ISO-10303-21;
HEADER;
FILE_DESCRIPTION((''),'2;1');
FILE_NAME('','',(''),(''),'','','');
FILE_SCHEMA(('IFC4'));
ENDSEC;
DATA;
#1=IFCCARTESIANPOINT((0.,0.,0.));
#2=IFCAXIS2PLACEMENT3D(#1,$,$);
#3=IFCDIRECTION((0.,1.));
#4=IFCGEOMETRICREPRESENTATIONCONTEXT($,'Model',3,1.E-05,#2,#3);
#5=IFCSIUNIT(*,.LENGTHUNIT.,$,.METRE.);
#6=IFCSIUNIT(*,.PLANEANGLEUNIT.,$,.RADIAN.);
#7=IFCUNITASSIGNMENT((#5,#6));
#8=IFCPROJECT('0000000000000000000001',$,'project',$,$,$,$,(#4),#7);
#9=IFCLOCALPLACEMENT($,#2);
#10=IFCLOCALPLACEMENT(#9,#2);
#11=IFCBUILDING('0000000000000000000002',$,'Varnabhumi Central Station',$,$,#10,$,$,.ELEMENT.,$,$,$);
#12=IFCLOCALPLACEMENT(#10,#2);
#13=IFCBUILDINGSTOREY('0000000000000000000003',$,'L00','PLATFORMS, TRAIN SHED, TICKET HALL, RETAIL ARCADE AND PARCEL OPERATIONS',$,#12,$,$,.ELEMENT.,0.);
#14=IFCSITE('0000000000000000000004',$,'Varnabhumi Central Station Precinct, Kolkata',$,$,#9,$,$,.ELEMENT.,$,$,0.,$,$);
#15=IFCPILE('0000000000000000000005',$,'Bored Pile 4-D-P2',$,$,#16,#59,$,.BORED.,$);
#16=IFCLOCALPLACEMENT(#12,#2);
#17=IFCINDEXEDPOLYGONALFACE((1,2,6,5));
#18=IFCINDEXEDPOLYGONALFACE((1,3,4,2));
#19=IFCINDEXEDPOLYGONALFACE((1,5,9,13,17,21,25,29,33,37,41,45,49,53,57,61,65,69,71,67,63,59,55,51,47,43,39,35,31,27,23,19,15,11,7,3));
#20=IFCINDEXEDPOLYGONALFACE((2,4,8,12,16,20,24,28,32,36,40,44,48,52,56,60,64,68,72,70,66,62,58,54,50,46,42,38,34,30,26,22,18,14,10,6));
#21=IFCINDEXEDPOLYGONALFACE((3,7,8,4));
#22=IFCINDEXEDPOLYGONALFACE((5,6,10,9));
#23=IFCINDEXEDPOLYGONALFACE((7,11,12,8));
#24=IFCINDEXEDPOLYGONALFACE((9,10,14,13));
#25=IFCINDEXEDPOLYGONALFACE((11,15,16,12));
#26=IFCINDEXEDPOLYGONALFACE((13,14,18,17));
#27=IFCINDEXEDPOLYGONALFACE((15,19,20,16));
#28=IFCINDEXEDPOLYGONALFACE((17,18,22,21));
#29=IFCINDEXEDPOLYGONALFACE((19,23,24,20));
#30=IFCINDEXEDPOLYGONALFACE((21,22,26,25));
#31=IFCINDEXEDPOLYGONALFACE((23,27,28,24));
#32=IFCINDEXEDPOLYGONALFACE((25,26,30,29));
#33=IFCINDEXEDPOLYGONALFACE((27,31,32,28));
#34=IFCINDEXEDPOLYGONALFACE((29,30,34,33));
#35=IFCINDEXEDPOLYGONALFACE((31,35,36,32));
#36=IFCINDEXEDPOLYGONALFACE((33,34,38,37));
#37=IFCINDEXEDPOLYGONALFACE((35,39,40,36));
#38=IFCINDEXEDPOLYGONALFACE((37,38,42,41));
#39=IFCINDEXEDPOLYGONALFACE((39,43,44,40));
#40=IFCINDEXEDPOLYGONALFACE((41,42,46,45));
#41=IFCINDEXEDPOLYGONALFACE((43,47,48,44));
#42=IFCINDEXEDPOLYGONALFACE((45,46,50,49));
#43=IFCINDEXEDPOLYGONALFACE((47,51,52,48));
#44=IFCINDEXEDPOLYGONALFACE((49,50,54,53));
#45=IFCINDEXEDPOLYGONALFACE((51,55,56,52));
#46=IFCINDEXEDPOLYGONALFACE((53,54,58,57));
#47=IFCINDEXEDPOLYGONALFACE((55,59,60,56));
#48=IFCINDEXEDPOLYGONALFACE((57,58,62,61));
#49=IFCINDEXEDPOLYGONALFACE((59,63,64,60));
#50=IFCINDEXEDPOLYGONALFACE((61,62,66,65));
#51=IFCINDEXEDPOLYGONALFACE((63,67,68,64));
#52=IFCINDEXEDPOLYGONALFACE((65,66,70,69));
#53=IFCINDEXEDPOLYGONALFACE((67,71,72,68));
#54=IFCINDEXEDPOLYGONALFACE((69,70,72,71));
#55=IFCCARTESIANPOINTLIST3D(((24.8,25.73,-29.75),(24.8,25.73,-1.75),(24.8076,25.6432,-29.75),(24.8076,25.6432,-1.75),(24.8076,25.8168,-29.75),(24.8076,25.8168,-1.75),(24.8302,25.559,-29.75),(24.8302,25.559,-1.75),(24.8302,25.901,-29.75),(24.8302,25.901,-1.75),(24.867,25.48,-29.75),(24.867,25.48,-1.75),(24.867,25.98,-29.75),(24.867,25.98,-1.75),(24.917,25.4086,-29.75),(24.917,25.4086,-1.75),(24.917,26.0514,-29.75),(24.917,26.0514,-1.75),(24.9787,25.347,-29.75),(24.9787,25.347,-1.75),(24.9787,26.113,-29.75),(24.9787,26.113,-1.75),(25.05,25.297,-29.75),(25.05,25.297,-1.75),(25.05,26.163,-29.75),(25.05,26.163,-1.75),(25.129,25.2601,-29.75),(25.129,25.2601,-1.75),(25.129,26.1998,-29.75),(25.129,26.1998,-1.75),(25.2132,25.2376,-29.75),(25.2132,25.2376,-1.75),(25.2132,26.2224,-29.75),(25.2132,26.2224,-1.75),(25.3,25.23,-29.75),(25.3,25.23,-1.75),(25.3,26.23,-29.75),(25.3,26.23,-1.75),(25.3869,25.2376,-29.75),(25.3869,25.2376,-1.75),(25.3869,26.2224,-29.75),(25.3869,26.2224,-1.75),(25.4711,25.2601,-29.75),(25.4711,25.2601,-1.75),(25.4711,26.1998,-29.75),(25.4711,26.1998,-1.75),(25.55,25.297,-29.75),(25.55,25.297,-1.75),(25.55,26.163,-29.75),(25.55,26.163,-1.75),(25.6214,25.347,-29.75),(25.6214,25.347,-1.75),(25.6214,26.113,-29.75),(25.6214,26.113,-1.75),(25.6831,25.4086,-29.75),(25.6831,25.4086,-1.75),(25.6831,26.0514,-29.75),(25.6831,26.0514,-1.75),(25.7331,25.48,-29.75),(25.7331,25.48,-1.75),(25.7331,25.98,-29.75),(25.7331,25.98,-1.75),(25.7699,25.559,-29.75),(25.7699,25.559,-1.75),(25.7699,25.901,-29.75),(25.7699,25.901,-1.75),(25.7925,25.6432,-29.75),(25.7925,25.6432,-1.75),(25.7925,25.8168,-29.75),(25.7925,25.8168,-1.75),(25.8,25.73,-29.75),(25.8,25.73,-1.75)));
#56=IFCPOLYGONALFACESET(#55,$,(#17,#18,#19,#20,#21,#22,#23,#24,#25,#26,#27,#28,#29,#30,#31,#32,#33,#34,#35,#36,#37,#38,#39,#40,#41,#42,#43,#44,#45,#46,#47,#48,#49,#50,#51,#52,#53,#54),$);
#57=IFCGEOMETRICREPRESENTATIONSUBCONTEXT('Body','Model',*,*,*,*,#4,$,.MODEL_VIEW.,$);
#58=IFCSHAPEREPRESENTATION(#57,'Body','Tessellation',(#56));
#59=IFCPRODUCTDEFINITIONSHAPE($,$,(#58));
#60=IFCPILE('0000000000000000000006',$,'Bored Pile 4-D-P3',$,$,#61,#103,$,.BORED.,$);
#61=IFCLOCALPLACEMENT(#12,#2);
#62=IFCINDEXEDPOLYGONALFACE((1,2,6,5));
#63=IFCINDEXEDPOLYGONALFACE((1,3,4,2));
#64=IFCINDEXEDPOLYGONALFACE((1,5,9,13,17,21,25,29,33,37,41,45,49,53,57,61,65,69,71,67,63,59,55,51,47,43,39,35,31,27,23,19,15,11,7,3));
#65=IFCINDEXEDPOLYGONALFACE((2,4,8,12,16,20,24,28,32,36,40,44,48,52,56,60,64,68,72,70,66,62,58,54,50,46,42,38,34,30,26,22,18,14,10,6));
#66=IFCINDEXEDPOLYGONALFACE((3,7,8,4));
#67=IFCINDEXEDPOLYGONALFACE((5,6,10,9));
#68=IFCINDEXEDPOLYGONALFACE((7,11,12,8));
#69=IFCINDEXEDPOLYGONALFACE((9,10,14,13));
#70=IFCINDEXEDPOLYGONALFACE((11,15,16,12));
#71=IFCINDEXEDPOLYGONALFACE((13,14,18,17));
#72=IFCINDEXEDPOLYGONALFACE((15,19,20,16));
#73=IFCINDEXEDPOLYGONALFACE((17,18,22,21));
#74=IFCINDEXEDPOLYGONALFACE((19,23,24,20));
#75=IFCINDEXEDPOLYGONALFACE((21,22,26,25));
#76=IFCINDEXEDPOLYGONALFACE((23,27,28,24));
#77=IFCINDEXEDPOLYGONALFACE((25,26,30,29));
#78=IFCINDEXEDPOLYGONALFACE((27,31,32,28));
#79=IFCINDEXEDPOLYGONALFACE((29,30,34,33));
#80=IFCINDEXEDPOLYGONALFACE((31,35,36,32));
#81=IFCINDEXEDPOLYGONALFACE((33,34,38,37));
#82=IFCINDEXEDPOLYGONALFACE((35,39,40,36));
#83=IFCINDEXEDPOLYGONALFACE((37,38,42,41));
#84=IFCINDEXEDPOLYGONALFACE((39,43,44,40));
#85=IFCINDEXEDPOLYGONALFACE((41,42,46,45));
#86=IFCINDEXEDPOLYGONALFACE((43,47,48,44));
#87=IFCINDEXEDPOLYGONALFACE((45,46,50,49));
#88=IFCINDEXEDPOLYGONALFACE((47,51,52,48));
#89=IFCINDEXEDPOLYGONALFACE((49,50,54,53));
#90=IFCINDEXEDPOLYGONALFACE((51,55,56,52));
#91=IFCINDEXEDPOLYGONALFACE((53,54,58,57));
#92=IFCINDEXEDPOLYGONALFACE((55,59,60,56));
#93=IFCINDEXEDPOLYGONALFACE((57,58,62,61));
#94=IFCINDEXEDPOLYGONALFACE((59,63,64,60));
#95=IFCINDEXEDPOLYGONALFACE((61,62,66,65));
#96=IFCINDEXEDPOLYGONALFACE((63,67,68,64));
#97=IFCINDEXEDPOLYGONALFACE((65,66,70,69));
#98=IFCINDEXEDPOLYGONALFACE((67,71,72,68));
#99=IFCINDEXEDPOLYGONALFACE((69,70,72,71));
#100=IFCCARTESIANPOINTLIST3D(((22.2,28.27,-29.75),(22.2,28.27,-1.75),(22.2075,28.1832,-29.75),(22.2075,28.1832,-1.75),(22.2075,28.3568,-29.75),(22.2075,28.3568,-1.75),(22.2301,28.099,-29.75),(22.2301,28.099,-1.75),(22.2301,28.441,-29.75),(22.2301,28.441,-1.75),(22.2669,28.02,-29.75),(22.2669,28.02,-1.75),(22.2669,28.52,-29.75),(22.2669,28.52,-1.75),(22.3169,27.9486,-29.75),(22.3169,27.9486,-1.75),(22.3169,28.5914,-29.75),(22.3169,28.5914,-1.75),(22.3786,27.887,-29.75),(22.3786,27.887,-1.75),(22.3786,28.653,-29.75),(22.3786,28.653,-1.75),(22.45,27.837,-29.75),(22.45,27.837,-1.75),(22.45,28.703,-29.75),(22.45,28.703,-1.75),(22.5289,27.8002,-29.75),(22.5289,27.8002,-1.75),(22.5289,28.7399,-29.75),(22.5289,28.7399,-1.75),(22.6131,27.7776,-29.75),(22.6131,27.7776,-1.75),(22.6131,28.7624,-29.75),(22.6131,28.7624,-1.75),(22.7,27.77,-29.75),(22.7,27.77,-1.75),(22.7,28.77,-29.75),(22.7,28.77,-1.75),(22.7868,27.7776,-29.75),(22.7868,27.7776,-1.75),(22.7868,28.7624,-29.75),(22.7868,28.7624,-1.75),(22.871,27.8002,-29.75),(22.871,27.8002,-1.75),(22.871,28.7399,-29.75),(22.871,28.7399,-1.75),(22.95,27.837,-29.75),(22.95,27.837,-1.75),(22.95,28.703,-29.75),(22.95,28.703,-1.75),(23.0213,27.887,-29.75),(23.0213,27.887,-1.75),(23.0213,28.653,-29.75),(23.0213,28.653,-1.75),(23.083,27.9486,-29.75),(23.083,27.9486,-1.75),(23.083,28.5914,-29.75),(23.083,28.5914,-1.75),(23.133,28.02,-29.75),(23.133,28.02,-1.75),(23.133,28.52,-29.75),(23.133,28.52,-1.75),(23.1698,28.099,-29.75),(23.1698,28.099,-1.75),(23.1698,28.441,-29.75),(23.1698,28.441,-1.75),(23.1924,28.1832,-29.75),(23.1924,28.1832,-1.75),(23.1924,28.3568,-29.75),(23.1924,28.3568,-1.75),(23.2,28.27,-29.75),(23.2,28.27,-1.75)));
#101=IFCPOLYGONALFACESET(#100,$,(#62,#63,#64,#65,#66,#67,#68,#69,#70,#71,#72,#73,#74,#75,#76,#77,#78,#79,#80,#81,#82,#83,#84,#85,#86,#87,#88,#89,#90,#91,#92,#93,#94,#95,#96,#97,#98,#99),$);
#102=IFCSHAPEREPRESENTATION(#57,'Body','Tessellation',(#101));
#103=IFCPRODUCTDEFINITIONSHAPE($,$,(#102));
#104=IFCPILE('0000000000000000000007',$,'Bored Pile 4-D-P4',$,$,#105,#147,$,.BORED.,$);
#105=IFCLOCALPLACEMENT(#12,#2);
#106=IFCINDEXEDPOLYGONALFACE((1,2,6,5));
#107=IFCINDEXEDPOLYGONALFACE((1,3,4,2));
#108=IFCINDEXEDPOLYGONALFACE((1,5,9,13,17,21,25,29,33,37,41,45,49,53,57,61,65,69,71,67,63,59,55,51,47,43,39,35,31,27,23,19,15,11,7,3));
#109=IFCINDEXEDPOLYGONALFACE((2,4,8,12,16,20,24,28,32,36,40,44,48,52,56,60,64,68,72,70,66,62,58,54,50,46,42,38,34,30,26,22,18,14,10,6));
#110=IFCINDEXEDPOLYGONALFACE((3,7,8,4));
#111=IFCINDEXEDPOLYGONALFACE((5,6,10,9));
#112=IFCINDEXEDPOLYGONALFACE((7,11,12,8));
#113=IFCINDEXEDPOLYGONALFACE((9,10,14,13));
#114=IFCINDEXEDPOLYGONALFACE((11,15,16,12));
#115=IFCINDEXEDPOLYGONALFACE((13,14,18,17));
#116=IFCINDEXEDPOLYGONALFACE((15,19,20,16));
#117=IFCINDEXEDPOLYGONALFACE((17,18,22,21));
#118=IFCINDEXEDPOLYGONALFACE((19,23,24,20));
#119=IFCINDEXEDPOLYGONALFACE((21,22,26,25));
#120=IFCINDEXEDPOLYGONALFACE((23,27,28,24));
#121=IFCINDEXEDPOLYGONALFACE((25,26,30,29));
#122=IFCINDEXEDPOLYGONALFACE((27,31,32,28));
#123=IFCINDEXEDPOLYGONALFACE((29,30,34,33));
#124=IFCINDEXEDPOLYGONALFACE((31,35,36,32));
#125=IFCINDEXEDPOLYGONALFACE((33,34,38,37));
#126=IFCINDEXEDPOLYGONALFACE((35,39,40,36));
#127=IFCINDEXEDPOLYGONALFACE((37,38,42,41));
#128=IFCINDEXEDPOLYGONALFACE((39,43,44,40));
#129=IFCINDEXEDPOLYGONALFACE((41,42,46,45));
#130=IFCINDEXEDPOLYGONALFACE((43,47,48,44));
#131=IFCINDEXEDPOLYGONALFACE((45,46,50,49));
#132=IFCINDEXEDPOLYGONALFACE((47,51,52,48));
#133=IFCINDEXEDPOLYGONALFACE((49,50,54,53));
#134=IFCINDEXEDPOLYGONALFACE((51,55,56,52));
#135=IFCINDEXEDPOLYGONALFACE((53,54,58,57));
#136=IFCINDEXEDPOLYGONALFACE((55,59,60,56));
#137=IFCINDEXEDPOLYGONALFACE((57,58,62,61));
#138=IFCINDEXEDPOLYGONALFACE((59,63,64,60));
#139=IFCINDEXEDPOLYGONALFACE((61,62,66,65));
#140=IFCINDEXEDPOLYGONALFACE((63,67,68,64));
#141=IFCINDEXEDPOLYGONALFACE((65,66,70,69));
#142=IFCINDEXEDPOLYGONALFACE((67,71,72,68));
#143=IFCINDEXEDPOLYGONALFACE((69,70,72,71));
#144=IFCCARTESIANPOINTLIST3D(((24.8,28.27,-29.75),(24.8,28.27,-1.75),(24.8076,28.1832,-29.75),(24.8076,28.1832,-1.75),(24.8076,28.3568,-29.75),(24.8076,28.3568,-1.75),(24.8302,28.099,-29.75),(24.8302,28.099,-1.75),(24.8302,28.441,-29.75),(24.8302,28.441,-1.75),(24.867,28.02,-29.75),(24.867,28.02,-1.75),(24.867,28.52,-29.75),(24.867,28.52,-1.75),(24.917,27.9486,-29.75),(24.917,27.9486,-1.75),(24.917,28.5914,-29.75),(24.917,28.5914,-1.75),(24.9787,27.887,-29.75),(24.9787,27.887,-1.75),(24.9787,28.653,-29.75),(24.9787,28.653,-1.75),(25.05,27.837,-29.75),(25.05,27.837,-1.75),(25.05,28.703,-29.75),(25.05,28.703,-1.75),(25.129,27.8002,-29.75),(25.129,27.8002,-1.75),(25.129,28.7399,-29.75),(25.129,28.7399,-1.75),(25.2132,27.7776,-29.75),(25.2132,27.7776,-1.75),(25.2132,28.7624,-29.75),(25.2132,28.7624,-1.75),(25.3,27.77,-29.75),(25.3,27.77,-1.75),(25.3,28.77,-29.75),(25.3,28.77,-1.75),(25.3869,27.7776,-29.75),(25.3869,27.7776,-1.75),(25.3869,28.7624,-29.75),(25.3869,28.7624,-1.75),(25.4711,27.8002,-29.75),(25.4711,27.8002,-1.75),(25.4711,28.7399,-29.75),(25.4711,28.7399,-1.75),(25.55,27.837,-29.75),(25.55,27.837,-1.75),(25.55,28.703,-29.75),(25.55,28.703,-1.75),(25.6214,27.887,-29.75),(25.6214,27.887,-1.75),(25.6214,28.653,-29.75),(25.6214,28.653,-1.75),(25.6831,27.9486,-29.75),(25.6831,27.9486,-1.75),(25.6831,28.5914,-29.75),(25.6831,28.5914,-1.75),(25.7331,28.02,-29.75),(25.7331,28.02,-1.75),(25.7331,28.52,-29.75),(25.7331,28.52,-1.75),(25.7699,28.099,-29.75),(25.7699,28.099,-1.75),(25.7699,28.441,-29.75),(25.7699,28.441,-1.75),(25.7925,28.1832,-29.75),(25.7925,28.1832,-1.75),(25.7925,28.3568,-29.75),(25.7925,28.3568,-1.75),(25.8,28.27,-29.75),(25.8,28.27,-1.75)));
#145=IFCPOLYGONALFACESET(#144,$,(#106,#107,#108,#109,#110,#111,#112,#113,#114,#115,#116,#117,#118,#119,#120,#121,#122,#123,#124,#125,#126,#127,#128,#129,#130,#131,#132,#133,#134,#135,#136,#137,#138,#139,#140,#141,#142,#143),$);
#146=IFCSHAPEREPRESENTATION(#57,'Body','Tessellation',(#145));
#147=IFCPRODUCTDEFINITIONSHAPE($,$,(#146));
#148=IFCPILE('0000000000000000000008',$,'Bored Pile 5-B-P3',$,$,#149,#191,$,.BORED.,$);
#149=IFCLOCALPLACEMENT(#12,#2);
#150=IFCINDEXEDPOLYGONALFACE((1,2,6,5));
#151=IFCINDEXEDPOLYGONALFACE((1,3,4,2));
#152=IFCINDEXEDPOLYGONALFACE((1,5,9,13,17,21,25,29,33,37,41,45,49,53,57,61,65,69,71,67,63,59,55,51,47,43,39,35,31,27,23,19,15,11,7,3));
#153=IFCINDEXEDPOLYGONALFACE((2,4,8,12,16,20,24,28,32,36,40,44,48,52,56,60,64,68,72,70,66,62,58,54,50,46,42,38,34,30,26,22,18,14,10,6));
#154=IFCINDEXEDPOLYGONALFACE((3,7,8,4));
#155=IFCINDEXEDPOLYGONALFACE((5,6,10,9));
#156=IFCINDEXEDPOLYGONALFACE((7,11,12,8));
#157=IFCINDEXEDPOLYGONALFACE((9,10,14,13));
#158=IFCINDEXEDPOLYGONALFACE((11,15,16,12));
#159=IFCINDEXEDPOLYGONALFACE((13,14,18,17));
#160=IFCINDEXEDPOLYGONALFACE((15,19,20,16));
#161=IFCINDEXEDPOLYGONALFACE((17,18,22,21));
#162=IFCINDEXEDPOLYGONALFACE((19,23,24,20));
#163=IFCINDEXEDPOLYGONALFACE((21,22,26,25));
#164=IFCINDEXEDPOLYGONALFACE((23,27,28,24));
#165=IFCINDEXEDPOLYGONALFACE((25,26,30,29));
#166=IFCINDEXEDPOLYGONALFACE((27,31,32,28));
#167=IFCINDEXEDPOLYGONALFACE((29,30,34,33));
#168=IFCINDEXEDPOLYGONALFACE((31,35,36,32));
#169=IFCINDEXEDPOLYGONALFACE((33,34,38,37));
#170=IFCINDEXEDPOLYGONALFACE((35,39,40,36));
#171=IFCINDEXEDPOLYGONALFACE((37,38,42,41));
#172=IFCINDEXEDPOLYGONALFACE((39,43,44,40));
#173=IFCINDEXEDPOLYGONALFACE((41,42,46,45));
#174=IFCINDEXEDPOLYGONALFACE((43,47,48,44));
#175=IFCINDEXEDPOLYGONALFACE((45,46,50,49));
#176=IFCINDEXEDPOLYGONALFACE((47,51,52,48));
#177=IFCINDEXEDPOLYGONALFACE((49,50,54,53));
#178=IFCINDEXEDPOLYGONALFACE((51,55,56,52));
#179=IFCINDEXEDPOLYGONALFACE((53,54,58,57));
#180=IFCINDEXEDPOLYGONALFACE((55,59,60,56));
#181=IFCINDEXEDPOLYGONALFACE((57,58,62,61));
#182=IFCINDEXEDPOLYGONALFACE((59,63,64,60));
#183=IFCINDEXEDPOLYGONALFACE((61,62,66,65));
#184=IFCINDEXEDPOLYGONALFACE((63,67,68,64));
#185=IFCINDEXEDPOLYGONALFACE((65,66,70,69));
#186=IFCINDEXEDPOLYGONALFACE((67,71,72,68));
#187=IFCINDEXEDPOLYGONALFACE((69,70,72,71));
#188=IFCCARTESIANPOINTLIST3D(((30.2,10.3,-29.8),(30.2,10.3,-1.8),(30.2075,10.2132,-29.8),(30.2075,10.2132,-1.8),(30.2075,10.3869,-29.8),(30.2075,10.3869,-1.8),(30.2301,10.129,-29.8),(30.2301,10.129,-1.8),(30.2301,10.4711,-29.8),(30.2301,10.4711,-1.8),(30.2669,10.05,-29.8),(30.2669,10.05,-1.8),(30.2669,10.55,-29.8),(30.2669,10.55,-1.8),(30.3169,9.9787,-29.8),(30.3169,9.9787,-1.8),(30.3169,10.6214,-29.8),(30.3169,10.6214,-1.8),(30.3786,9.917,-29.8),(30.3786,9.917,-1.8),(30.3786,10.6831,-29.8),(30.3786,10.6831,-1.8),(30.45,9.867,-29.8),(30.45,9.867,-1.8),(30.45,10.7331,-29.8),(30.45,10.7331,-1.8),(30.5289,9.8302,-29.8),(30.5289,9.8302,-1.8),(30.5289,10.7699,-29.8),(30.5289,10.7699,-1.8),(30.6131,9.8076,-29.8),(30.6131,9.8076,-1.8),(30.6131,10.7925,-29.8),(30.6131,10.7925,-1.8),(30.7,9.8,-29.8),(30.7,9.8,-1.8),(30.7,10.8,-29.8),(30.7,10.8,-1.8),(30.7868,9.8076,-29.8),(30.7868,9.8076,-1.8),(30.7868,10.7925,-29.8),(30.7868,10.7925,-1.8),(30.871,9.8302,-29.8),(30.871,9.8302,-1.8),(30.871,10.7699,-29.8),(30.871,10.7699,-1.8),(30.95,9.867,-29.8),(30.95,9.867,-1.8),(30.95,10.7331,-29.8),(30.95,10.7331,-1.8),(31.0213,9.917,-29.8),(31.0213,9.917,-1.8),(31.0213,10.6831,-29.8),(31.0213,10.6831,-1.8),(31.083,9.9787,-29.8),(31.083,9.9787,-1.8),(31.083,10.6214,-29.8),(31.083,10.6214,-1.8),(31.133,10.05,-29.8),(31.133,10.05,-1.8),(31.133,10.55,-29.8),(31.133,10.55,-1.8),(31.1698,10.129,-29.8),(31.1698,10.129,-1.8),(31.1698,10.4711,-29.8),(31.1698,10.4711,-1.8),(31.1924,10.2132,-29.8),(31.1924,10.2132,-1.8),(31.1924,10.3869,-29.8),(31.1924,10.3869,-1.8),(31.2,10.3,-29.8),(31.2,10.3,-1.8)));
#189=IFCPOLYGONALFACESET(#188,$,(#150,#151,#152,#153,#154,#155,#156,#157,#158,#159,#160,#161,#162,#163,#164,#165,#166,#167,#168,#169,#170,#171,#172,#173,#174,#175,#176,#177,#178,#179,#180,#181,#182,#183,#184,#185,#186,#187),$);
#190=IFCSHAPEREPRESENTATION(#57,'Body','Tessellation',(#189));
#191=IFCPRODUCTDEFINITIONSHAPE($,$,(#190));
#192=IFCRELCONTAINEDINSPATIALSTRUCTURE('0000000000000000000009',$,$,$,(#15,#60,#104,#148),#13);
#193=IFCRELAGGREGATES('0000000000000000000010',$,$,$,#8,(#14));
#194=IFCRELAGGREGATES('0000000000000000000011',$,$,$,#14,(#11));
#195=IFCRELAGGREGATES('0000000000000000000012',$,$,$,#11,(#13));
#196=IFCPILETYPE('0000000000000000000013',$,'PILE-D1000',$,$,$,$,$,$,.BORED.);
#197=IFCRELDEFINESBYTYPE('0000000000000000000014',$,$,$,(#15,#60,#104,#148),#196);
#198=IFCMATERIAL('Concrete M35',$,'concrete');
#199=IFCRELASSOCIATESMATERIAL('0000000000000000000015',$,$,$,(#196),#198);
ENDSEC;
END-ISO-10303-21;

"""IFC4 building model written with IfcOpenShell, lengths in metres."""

from ifc_helpers import new_model, si_unit, direction, frame, origin, origin_2d, place, context, subcontext, project, spatial, circle, extrude, material, material_profile, profile_set, type_object, element, save


model = new_model("IFC4")

# Units and contexts
model_context = context("Model", 3, precision=1e-05, world=origin(), true_north=direction((0.0, 1.0)))
body_context = subcontext(model_context, "Body", "Model", "MODEL_VIEW")
ifc_project = project(units=[si_unit("LENGTHUNIT", "METRE"), si_unit("PLANEANGLEUNIT", "RADIAN")], contexts=[model_context])

# Site, building, storey
site_placement = place(None, origin())
site = spatial("IfcSite", under=ifc_project, at=site_placement, Name="Varnabhumi Central Station Precinct, Kolkata", CompositionType="ELEMENT", RefElevation=0.0)
building_placement = place(site_placement, origin())
building = spatial("IfcBuilding", under=site, at=building_placement, Name="Varnabhumi Central Station", CompositionType="ELEMENT")
storey_placement = place(building_placement, origin())
storey = spatial("IfcBuildingStorey", under=building, at=storey_placement, Name="L00", Description="PLATFORMS, TRAIN SHED, TICKET HALL, RETAIL ARCADE AND PARCEL OPERATIONS", CompositionType="ELEMENT", Elevation=0.0)

# Piles
ifc_material_1 = material(Name="Concrete M35", Category="concrete")
ifc_material_profile_1 = material_profile(ifc_material_1, circle(Radius=0.5, at=origin_2d()), Name="Concrete M35", Category="concrete")
ifc_profile_set_1 = profile_set([ifc_material_profile_1], Name="Concrete M35")
pile_type = type_object("IfcPileType", Name="PILE-D1000", PredefinedType="BORED", material=ifc_profile_set_1)
for number, where, z_axis, x_axis, name in (
    (1, (25.3, 25.73, -1.75), (0.0, 0.0, -1.0), (1.0, 0.0, 0.0), "Bored Pile 4-D-P2"),
    (2, (22.7, 28.27, -1.75), (0.0, 0.0, -1.0), (1.0, 0.0, 0.0), "Bored Pile 4-D-P3"),
    (3, (25.3, 28.27, -1.75), (0.0, 0.0, -1.0), (1.0, 0.0, 0.0), "Bored Pile 4-D-P4"),
    (4, (30.7, 10.3, -1.8), (0.0, 0.0, -1.0), (1.0, 0.0, 0.0), "Bored Pile 5-B-P3"),
):
    element("IfcPile", number, at=place(storey_placement, frame(where, z_axis=z_axis, x_axis=x_axis)), inside=storey, type_object=pile_type, Name=name, PredefinedType="BORED", context=body_context, shape_type="SweptSolid", body=[
        extrude(circle(Radius=0.5, at=origin_2d()), origin(), (0.0, 0.0, 1.0), 28.0),
    ])

save(model, "model.ifc")
